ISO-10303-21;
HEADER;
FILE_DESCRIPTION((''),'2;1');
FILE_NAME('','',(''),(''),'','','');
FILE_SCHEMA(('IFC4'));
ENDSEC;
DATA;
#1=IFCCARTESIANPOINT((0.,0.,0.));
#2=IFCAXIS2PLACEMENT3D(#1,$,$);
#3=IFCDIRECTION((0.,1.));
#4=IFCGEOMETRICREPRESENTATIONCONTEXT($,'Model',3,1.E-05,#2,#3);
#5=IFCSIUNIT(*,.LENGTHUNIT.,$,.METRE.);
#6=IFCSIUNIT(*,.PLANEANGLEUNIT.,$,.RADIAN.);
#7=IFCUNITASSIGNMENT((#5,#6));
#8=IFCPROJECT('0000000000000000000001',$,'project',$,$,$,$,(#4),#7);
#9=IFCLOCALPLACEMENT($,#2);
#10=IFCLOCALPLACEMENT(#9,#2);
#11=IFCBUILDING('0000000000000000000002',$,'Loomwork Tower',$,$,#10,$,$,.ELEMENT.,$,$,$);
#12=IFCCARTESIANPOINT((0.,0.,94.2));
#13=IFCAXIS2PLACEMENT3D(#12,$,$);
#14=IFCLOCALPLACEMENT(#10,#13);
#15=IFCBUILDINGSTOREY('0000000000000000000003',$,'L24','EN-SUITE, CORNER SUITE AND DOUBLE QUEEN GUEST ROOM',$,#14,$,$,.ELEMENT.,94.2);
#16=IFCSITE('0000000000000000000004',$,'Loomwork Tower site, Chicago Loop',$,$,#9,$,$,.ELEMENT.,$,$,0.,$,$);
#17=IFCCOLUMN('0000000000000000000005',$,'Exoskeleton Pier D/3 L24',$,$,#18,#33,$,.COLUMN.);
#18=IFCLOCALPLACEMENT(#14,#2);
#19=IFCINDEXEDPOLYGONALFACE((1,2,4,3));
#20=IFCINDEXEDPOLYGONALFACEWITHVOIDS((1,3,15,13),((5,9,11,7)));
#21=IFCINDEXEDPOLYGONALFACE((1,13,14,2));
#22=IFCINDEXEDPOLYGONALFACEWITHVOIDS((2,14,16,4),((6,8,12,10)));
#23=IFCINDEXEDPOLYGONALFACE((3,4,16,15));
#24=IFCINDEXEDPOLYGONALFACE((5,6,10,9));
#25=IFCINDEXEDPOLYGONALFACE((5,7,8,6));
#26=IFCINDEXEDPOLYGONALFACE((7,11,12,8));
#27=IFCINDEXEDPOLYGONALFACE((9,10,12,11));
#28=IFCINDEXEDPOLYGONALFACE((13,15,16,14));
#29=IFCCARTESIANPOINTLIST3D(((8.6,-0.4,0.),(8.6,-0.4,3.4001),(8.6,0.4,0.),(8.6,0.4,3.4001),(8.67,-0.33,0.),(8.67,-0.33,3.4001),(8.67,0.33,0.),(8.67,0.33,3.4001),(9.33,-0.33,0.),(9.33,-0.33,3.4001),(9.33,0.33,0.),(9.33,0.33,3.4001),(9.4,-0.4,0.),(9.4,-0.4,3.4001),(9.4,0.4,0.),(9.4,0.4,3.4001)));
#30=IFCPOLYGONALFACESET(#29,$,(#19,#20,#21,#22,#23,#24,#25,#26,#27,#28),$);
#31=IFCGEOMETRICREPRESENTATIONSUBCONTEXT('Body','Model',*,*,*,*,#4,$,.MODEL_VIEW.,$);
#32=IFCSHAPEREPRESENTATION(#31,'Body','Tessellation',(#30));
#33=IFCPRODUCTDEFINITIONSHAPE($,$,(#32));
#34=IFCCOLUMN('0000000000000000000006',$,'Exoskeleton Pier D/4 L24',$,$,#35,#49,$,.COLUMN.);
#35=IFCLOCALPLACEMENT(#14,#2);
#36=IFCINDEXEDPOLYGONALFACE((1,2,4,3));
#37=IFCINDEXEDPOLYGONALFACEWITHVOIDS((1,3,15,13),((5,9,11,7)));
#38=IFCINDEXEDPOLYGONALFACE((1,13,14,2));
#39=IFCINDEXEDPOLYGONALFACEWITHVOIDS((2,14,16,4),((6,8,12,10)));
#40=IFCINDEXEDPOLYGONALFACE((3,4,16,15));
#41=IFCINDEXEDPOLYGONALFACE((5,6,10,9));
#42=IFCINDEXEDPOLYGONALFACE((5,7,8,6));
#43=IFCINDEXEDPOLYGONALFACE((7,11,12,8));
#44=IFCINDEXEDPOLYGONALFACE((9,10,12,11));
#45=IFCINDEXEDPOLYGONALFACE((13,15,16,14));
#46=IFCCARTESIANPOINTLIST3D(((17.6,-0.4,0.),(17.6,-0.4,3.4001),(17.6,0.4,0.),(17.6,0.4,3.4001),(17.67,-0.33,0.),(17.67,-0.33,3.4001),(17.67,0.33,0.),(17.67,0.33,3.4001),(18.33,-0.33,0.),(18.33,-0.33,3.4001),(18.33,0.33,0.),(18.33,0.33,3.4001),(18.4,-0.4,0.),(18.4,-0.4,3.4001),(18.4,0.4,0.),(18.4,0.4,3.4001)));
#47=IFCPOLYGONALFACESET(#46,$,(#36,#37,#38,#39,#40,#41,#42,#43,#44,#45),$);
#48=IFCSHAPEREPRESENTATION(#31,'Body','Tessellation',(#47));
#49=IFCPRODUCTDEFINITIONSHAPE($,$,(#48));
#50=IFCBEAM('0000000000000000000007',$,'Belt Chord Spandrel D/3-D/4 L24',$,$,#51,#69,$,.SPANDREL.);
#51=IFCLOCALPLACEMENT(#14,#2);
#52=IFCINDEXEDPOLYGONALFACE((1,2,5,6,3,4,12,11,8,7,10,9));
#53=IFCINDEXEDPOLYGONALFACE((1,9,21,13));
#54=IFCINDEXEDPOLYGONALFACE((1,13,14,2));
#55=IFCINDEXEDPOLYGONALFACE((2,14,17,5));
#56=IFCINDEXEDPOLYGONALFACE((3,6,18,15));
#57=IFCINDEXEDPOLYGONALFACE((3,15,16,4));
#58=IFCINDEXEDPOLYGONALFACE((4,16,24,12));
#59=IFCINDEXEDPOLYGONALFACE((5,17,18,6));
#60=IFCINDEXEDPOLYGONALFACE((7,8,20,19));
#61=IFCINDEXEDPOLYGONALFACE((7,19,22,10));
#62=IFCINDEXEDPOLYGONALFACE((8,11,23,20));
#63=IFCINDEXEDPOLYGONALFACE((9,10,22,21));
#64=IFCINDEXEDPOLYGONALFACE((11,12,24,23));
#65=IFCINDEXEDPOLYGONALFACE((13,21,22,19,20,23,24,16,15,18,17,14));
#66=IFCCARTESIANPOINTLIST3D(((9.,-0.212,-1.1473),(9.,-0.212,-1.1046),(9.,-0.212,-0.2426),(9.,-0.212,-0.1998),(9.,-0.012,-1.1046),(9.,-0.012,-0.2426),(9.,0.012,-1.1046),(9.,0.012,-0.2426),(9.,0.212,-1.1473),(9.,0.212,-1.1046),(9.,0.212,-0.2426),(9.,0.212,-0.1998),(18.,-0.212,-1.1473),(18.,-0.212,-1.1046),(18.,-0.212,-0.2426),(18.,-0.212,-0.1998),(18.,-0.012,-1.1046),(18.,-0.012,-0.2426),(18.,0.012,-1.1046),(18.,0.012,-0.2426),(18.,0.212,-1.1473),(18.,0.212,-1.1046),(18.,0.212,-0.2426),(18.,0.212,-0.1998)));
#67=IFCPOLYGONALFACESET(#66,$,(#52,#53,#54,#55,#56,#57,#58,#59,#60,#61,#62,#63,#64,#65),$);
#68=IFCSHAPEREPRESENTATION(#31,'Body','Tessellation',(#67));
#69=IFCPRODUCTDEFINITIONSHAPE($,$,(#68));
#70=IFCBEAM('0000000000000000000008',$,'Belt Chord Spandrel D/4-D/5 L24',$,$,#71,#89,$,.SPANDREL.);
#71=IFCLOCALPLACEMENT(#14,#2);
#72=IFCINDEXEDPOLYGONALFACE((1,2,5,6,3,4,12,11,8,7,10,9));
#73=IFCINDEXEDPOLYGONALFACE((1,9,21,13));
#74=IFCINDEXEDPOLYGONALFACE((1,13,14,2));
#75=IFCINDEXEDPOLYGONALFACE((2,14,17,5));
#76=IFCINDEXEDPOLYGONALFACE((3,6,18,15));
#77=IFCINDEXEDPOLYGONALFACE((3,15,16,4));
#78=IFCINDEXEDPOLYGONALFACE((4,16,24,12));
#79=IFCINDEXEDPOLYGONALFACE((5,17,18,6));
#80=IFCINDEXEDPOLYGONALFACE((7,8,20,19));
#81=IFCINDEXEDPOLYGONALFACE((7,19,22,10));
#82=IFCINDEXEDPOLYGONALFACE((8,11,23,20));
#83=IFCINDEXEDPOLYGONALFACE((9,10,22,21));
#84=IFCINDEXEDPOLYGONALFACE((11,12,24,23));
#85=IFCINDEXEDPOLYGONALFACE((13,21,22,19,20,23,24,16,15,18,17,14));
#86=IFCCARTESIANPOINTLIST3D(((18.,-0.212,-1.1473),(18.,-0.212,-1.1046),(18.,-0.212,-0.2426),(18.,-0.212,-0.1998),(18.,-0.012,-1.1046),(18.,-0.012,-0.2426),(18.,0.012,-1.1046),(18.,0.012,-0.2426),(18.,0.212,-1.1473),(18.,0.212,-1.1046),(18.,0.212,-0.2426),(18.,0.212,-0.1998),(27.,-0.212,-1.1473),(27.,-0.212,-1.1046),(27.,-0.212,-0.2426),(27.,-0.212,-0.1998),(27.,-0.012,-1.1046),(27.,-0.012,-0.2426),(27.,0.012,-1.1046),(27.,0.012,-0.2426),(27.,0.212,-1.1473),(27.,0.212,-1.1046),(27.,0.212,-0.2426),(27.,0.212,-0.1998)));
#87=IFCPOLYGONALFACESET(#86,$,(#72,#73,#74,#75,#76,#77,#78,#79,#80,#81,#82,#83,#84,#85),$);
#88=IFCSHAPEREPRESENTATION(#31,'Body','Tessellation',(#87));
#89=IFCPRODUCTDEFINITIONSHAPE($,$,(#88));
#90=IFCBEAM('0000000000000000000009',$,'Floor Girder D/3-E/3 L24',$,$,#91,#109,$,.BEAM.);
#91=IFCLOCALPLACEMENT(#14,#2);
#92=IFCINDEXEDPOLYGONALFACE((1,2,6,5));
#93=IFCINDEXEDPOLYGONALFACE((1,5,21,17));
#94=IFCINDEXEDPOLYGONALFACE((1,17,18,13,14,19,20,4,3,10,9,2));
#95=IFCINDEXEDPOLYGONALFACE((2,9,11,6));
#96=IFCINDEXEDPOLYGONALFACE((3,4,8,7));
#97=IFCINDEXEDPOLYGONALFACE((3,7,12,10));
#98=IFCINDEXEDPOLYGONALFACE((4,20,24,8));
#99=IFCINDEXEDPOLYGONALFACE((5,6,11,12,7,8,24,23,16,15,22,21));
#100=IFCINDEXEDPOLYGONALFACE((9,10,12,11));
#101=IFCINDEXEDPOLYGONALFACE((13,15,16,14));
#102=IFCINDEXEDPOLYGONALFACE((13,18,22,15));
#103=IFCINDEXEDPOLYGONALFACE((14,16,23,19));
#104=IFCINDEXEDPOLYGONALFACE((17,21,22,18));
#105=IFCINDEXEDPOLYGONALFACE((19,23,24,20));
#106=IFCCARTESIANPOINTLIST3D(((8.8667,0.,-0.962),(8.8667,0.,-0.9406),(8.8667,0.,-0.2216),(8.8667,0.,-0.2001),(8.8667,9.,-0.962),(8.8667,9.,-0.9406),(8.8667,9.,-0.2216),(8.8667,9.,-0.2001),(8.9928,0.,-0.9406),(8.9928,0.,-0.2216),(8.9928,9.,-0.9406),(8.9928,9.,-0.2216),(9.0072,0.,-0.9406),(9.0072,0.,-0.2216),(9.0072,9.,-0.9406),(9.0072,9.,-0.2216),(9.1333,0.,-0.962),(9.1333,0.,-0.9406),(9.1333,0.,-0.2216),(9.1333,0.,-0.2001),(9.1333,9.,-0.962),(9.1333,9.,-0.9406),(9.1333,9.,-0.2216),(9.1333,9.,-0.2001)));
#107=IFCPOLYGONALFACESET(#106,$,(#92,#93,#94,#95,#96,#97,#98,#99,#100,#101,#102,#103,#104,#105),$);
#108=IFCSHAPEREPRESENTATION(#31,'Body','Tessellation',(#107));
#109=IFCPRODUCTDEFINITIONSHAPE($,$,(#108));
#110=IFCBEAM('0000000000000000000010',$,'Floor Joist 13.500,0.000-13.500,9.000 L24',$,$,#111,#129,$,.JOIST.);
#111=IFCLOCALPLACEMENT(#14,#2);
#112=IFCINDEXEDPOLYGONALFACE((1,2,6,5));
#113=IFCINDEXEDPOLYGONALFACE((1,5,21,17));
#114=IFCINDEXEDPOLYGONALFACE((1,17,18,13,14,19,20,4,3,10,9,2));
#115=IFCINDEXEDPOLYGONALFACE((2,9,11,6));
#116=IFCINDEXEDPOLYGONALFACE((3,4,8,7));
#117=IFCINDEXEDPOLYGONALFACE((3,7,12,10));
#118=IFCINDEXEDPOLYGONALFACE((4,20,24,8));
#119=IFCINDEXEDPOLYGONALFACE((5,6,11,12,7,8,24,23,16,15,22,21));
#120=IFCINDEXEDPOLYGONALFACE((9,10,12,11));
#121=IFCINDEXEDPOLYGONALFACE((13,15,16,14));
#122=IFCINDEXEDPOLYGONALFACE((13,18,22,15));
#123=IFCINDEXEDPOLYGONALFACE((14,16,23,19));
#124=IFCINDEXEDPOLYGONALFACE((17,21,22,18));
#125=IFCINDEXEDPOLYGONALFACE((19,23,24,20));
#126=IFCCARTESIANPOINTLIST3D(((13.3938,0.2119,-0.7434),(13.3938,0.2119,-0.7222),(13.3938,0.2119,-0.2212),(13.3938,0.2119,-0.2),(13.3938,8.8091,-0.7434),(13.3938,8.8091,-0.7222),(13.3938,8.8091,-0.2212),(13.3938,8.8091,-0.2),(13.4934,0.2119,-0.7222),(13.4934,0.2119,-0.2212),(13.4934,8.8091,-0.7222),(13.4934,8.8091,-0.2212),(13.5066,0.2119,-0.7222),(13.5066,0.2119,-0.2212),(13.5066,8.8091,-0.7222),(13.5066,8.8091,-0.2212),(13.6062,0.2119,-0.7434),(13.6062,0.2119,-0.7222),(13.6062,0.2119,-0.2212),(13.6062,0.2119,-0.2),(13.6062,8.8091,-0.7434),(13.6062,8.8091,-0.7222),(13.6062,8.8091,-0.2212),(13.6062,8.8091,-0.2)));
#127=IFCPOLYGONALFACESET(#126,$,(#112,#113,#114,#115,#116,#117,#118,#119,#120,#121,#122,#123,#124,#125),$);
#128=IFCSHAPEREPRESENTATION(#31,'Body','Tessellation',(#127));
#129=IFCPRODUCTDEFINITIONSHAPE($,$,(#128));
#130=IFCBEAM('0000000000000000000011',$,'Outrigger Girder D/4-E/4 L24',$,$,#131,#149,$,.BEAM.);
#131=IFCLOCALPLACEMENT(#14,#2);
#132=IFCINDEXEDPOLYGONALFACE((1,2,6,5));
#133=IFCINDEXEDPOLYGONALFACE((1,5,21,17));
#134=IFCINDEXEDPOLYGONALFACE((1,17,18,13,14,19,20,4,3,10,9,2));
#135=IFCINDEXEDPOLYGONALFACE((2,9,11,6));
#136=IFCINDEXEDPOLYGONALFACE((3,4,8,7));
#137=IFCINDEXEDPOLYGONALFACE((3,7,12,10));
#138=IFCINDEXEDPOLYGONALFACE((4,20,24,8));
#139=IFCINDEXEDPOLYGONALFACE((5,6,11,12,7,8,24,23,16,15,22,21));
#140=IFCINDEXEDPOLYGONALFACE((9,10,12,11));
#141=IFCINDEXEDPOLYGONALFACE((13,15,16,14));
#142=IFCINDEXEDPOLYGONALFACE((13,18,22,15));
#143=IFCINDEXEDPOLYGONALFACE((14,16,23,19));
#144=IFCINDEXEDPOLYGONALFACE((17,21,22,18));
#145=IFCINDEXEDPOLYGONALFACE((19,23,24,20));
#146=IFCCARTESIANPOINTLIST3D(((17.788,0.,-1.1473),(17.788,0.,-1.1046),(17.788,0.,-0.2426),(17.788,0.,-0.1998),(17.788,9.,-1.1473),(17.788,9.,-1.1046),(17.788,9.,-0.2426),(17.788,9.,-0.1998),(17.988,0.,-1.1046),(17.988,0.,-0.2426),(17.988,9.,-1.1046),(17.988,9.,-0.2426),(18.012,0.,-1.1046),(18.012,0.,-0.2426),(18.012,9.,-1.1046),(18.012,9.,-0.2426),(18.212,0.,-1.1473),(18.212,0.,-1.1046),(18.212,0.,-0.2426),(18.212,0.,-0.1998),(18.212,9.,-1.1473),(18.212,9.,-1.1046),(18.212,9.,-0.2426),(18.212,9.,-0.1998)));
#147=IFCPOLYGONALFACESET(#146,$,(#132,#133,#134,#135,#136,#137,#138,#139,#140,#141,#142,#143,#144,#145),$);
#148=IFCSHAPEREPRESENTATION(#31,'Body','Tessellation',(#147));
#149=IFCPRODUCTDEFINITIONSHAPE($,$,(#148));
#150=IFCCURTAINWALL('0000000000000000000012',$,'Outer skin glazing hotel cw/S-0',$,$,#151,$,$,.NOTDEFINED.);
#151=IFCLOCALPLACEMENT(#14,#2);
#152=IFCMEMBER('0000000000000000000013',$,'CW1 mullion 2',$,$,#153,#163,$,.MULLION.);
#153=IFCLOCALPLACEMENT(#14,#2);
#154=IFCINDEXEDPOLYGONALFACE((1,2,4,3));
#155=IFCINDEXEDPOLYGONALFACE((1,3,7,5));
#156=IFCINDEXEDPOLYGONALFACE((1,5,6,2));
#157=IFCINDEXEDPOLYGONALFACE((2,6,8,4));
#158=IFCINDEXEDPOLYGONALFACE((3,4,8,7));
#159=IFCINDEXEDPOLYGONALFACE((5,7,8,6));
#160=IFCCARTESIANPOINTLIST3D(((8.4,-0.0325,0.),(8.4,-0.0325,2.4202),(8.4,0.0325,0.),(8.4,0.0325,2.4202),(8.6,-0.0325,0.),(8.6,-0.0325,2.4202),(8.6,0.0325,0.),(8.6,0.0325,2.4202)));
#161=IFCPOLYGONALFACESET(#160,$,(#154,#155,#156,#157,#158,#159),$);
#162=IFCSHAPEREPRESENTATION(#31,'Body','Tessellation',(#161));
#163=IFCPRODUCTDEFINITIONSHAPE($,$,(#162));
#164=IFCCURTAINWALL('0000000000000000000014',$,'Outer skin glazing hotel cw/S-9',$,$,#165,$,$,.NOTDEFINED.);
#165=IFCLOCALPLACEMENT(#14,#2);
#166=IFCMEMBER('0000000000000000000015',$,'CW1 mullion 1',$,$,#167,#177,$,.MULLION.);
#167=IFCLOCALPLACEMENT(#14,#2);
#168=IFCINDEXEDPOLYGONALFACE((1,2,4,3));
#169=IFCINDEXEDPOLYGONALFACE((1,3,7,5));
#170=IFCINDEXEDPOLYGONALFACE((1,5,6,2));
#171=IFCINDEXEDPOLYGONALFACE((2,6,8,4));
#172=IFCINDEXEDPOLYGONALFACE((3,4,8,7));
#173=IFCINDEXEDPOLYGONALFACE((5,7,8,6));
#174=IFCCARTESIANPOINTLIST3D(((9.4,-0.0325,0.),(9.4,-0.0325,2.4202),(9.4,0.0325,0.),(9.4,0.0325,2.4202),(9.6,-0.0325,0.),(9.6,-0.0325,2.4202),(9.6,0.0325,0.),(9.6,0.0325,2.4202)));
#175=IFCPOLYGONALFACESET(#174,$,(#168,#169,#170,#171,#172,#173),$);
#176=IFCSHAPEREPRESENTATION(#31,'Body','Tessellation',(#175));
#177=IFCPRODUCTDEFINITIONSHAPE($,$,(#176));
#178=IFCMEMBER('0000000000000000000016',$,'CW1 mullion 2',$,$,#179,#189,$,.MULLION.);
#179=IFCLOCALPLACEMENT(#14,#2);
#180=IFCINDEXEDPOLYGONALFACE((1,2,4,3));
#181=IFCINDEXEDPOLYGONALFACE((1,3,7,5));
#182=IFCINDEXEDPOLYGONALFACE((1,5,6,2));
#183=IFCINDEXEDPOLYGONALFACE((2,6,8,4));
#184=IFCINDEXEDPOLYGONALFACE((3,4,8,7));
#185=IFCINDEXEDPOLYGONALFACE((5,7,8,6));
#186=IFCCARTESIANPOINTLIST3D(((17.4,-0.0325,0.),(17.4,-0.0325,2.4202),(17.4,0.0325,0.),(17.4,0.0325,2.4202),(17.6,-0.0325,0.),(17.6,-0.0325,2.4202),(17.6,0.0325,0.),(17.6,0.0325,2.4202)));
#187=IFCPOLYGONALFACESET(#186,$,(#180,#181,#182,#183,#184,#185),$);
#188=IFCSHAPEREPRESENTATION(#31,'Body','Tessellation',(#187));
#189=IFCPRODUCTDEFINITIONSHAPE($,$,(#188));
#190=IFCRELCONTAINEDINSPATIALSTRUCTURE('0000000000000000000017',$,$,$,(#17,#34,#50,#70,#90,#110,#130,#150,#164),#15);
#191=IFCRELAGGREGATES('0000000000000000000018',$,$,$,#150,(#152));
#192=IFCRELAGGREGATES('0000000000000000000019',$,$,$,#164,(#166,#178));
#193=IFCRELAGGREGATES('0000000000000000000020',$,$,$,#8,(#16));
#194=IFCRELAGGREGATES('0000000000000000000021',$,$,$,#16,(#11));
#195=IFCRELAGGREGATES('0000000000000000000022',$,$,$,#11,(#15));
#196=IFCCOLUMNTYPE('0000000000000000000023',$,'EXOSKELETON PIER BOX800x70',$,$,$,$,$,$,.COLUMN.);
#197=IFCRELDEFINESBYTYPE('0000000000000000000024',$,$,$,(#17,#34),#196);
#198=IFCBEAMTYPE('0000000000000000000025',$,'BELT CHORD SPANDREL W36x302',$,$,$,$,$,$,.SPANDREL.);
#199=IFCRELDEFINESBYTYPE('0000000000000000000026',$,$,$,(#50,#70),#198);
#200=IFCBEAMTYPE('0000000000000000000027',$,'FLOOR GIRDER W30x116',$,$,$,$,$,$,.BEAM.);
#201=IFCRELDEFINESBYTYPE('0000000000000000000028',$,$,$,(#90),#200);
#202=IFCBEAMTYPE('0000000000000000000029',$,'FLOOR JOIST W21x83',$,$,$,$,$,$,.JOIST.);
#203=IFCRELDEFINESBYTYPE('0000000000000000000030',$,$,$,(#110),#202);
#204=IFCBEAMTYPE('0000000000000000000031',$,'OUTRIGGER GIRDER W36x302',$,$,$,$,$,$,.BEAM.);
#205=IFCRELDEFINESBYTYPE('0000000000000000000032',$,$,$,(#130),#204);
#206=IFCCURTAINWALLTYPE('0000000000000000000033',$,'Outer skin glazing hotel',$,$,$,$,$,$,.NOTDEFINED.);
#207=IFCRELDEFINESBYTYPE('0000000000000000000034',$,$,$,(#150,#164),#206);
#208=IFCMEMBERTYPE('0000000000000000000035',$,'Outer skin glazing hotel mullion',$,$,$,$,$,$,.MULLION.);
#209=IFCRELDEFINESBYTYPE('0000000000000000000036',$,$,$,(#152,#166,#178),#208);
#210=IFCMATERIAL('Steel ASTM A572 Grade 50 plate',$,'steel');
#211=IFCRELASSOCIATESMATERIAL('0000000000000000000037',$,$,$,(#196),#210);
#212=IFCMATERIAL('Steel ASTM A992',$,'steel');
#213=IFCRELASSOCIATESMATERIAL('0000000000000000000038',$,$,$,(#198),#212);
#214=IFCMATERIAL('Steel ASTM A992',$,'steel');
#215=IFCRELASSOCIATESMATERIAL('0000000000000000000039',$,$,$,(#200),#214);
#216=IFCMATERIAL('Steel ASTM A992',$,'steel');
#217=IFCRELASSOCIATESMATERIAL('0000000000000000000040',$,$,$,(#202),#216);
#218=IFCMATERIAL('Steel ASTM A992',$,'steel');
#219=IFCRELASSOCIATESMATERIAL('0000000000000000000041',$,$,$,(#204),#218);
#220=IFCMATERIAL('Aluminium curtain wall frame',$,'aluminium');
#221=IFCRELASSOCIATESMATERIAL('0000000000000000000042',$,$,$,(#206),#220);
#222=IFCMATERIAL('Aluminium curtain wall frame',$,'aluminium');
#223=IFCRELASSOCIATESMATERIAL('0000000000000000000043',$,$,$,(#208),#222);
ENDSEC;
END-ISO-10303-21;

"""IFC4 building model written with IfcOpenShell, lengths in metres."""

from ifc_helpers import new_model, si_unit, direction, frame, origin, origin_2d, place, context, subcontext, project, spatial, rectangle, hollow_rectangle, i_section, extrude, material, material_profile, profile_set, type_object, element, aggregate, save


model = new_model("IFC4")

# Units and contexts
model_context = context("Model", 3, precision=1e-05, world=origin(), true_north=direction((0.0, 1.0)))
body_context = subcontext(model_context, "Body", "Model", "MODEL_VIEW")
ifc_project = project(units=[si_unit("LENGTHUNIT", "METRE"), si_unit("PLANEANGLEUNIT", "RADIAN")], contexts=[model_context])

# Site, building, storey
site_placement = place(None, origin())
site = spatial("IfcSite", under=ifc_project, at=site_placement, Name="Loomwork Tower site, Chicago Loop", CompositionType="ELEMENT", RefElevation=0.0)
building_placement = place(site_placement, origin())
building = spatial("IfcBuilding", under=site, at=building_placement, Name="Loomwork Tower", CompositionType="ELEMENT")
storey_placement = place(building_placement, frame((0.0, 0.0, 94.2)))
storey = spatial("IfcBuildingStorey", under=building, at=storey_placement, Name="L24", Description="EN-SUITE, CORNER SUITE AND DOUBLE QUEEN GUEST ROOM", CompositionType="ELEMENT", Elevation=94.2)

# Columns
ifc_material_1 = material(Name="Steel ASTM A572 Grade 50 plate", Category="steel")
ifc_material_profile_1 = material_profile(ifc_material_1, hollow_rectangle(XDim=0.8, YDim=0.8, WallThickness=0.0701, at=origin_2d()), Name="BOX800x70")
ifc_profile_set_1 = profile_set([ifc_material_profile_1], Name="Steel ASTM A572 Grade 50 plate")
column_type = type_object("IfcColumnType", Name="EXOSKELETON PIER BOX800x70", PredefinedType="COLUMN", material=ifc_profile_set_1)
for number, where, z_axis, x_axis, name in (
    (1, (9.0, 0.0, 0.0), (0.0, 0.0, 1.0), (1.0, 0.0, 0.0), "Exoskeleton Pier D/3 L24"),
    (2, (18.0, 0.0, 0.0), (0.0, 0.0, 1.0), (1.0, 0.0, 0.0), "Exoskeleton Pier D/4 L24"),
):
    element("IfcColumn", number, at=place(storey_placement, frame(where, z_axis=z_axis, x_axis=x_axis)), inside=storey, type_object=column_type, Name=name, PredefinedType="COLUMN", context=body_context, shape_type="SweptSolid", body=[
        extrude(hollow_rectangle(XDim=0.8, YDim=0.8, WallThickness=0.0701, at=origin_2d()), origin(), (0.0, 0.0, 1.0), 3.4001),
    ])

# Beams
ifc_material_2 = material(Name="Steel ASTM A992", Category="steel")
ifc_material_profile_2 = material_profile(ifc_material_2, i_section(OverallWidth=0.4241, OverallDepth=0.9475, WebThickness=0.0239, FlangeThickness=0.0427, at=origin_2d()), Name="W36x302")
ifc_profile_set_2 = profile_set([ifc_material_profile_2], Name="Steel ASTM A992")
beam_type_1 = type_object("IfcBeamType", Name="BELT CHORD SPANDREL W36x302", PredefinedType="SPANDREL", material=ifc_profile_set_2)
for number, where, z_axis, x_axis, name in (
    (3, (9.0, 0.0, -0.6736), (1.0, 0.0, 0.0), (0.0, 1.0, 0.0), "Belt Chord Spandrel D/3-D/4 L24"),
    (4, (18.0, 0.0, -0.6736), (1.0, 0.0, 0.0), (0.0, 1.0, 0.0), "Belt Chord Spandrel D/4-D/5 L24"),
):
    element("IfcBeam", number, at=place(storey_placement, frame(where, z_axis=z_axis, x_axis=x_axis)), inside=storey, type_object=beam_type_1, Name=name, PredefinedType="SPANDREL", context=body_context, shape_type="SweptSolid", body=[
        extrude(i_section(OverallWidth=0.4241, OverallDepth=0.9475, WebThickness=0.0239, FlangeThickness=0.0427, at=origin_2d()), origin(), (0.0, 0.0, 1.0), 9.0),
    ])
ifc_material_3 = material(Name="Steel ASTM A992", Category="steel")
ifc_material_profile_3 = material_profile(ifc_material_3, i_section(OverallWidth=0.2666, OverallDepth=0.762, WebThickness=0.0144, FlangeThickness=0.0215, at=origin_2d()), Name="W30x116")
ifc_profile_set_3 = profile_set([ifc_material_profile_3], Name="Steel ASTM A992")
beam_type_2 = type_object("IfcBeamType", Name="FLOOR GIRDER W30x116", PredefinedType="BEAM", material=ifc_profile_set_3)
beam_1_placement = place(storey_placement, frame((9.0, 0.0, -0.5811), z_axis=(0.0, 1.0, 0.0), x_axis=(-1.0, 0.0, 0.0)))
element("IfcBeam", 5, at=beam_1_placement, inside=storey, type_object=beam_type_2, Name="Floor Girder D/3-E/3 L24", PredefinedType="BEAM", context=body_context, shape_type="SweptSolid", body=[
    extrude(i_section(OverallWidth=0.2666, OverallDepth=0.762, WebThickness=0.0144, FlangeThickness=0.0215, at=origin_2d()), origin(), (0.0, 0.0, 1.0), 9.0),
])
ifc_material_4 = material(Name="Steel ASTM A992", Category="steel")
ifc_material_profile_4 = material_profile(ifc_material_4, i_section(OverallWidth=0.2124, OverallDepth=0.5435, WebThickness=0.0132, FlangeThickness=0.0212, at=origin_2d()), Name="W21x83")
ifc_profile_set_4 = profile_set([ifc_material_profile_4], Name="Steel ASTM A992")
beam_type_3 = type_object("IfcBeamType", Name="FLOOR JOIST W21x83", PredefinedType="JOIST", material=ifc_profile_set_4)
beam_2_placement = place(storey_placement, frame((13.5, 0.2119, -0.4717), z_axis=(0.0, 1.0, 0.0), x_axis=(-1.0, 0.0, 0.0)))
element("IfcBeam", 6, at=beam_2_placement, inside=storey, type_object=beam_type_3, Name="Floor Joist 13.500,0.000-13.500,9.000 L24", PredefinedType="JOIST", context=body_context, shape_type="SweptSolid", body=[
    extrude(i_section(OverallWidth=0.2124, OverallDepth=0.5435, WebThickness=0.0132, FlangeThickness=0.0212, at=origin_2d()), origin(), (0.0, 0.0, 1.0), 8.5972),
])
ifc_material_5 = material(Name="Steel ASTM A992", Category="steel")
ifc_material_profile_5 = material_profile(ifc_material_5, i_section(OverallWidth=0.4241, OverallDepth=0.9475, WebThickness=0.0239, FlangeThickness=0.0427, at=origin_2d()), Name="W36x302")
ifc_profile_set_5 = profile_set([ifc_material_profile_5], Name="Steel ASTM A992")
beam_type_4 = type_object("IfcBeamType", Name="OUTRIGGER GIRDER W36x302", PredefinedType="BEAM", material=ifc_profile_set_5)
beam_3_placement = place(storey_placement, frame((18.0, 0.0, -0.6736), z_axis=(0.0, 1.0, 0.0), x_axis=(-1.0, 0.0, 0.0)))
element("IfcBeam", 7, at=beam_3_placement, inside=storey, type_object=beam_type_4, Name="Outrigger Girder D/4-E/4 L24", PredefinedType="BEAM", context=body_context, shape_type="SweptSolid", body=[
    extrude(i_section(OverallWidth=0.4241, OverallDepth=0.9475, WebThickness=0.0239, FlangeThickness=0.0427, at=origin_2d()), origin(), (0.0, 0.0, 1.0), 9.0),
])

# Curtain wall, member
ifc_material_6 = material(Name="Aluminium curtain wall frame", Category="aluminium")
curtain_wall_type = type_object("IfcCurtainWallType", Name="Outer skin glazing hotel", PredefinedType="NOTDEFINED", material=ifc_material_6)
curtain_wall_1_placement = place(storey_placement, origin())
curtain_wall_1 = element("IfcCurtainWall", 8, at=curtain_wall_1_placement, inside=storey, type_object=curtain_wall_type, Name="Outer skin glazing hotel cw/S-0", PredefinedType="NOTDEFINED")
ifc_material_7 = material(Name="Aluminium curtain wall frame", Category="aluminium")
ifc_material_profile_6 = material_profile(ifc_material_7, rectangle(XDim=0.0649, YDim=0.2, at=origin_2d()), Name="AL 65x200")
ifc_profile_set_6 = profile_set([ifc_material_profile_6], Name="Aluminium curtain wall frame")
member_type_1 = type_object("IfcMemberType", Name="Outer skin glazing hotel mullion", PredefinedType="MULLION", material=ifc_profile_set_6)
member_1_placement = place(storey_placement, frame((8.5, 0.0, 0.0), z_axis=(0.0, 0.0, 1.0), x_axis=(0.0, 1.0, 0.0)))
member_1 = element("IfcMember", 9, at=member_1_placement, type_object=member_type_1, Name="CW1 mullion 2", PredefinedType="MULLION", context=body_context, shape_type="SweptSolid", body=[
    extrude(rectangle(XDim=0.0649, YDim=0.2, at=origin_2d()), origin(), (0.0, 0.0, 1.0), 2.4202),
])
aggregate(curtain_wall_1, [member_1])

# Curtain wall, members
curtain_wall_2_placement = place(storey_placement, origin())
curtain_wall_2 = element("IfcCurtainWall", 10, at=curtain_wall_2_placement, inside=storey, type_object=curtain_wall_type, Name="Outer skin glazing hotel cw/S-9", PredefinedType="NOTDEFINED")
member_2_placement = place(storey_placement, frame((9.5, 0.0, 0.0), z_axis=(0.0, 0.0, 1.0), x_axis=(0.0, 1.0, 0.0)))
member_2 = element("IfcMember", 11, at=member_2_placement, type_object=member_type_1, Name="CW1 mullion 1", PredefinedType="MULLION", context=body_context, shape_type="SweptSolid", body=[
    extrude(rectangle(XDim=0.0649, YDim=0.2, at=origin_2d()), origin(), (0.0, 0.0, 1.0), 2.4202),
])
member_3_placement = place(storey_placement, frame((17.5, 0.0, 0.0), z_axis=(0.0, 0.0, 1.0), x_axis=(0.0, 1.0, 0.0)))
member_3 = element("IfcMember", 12, at=member_3_placement, type_object=member_type_1, Name="CW1 mullion 2", PredefinedType="MULLION", context=body_context, shape_type="SweptSolid", body=[
    extrude(rectangle(XDim=0.0649, YDim=0.2, at=origin_2d()), origin(), (0.0, 0.0, 1.0), 2.4202),
])

aggregate(curtain_wall_2, [member_2, member_3])

save(model, "model.ifc")
